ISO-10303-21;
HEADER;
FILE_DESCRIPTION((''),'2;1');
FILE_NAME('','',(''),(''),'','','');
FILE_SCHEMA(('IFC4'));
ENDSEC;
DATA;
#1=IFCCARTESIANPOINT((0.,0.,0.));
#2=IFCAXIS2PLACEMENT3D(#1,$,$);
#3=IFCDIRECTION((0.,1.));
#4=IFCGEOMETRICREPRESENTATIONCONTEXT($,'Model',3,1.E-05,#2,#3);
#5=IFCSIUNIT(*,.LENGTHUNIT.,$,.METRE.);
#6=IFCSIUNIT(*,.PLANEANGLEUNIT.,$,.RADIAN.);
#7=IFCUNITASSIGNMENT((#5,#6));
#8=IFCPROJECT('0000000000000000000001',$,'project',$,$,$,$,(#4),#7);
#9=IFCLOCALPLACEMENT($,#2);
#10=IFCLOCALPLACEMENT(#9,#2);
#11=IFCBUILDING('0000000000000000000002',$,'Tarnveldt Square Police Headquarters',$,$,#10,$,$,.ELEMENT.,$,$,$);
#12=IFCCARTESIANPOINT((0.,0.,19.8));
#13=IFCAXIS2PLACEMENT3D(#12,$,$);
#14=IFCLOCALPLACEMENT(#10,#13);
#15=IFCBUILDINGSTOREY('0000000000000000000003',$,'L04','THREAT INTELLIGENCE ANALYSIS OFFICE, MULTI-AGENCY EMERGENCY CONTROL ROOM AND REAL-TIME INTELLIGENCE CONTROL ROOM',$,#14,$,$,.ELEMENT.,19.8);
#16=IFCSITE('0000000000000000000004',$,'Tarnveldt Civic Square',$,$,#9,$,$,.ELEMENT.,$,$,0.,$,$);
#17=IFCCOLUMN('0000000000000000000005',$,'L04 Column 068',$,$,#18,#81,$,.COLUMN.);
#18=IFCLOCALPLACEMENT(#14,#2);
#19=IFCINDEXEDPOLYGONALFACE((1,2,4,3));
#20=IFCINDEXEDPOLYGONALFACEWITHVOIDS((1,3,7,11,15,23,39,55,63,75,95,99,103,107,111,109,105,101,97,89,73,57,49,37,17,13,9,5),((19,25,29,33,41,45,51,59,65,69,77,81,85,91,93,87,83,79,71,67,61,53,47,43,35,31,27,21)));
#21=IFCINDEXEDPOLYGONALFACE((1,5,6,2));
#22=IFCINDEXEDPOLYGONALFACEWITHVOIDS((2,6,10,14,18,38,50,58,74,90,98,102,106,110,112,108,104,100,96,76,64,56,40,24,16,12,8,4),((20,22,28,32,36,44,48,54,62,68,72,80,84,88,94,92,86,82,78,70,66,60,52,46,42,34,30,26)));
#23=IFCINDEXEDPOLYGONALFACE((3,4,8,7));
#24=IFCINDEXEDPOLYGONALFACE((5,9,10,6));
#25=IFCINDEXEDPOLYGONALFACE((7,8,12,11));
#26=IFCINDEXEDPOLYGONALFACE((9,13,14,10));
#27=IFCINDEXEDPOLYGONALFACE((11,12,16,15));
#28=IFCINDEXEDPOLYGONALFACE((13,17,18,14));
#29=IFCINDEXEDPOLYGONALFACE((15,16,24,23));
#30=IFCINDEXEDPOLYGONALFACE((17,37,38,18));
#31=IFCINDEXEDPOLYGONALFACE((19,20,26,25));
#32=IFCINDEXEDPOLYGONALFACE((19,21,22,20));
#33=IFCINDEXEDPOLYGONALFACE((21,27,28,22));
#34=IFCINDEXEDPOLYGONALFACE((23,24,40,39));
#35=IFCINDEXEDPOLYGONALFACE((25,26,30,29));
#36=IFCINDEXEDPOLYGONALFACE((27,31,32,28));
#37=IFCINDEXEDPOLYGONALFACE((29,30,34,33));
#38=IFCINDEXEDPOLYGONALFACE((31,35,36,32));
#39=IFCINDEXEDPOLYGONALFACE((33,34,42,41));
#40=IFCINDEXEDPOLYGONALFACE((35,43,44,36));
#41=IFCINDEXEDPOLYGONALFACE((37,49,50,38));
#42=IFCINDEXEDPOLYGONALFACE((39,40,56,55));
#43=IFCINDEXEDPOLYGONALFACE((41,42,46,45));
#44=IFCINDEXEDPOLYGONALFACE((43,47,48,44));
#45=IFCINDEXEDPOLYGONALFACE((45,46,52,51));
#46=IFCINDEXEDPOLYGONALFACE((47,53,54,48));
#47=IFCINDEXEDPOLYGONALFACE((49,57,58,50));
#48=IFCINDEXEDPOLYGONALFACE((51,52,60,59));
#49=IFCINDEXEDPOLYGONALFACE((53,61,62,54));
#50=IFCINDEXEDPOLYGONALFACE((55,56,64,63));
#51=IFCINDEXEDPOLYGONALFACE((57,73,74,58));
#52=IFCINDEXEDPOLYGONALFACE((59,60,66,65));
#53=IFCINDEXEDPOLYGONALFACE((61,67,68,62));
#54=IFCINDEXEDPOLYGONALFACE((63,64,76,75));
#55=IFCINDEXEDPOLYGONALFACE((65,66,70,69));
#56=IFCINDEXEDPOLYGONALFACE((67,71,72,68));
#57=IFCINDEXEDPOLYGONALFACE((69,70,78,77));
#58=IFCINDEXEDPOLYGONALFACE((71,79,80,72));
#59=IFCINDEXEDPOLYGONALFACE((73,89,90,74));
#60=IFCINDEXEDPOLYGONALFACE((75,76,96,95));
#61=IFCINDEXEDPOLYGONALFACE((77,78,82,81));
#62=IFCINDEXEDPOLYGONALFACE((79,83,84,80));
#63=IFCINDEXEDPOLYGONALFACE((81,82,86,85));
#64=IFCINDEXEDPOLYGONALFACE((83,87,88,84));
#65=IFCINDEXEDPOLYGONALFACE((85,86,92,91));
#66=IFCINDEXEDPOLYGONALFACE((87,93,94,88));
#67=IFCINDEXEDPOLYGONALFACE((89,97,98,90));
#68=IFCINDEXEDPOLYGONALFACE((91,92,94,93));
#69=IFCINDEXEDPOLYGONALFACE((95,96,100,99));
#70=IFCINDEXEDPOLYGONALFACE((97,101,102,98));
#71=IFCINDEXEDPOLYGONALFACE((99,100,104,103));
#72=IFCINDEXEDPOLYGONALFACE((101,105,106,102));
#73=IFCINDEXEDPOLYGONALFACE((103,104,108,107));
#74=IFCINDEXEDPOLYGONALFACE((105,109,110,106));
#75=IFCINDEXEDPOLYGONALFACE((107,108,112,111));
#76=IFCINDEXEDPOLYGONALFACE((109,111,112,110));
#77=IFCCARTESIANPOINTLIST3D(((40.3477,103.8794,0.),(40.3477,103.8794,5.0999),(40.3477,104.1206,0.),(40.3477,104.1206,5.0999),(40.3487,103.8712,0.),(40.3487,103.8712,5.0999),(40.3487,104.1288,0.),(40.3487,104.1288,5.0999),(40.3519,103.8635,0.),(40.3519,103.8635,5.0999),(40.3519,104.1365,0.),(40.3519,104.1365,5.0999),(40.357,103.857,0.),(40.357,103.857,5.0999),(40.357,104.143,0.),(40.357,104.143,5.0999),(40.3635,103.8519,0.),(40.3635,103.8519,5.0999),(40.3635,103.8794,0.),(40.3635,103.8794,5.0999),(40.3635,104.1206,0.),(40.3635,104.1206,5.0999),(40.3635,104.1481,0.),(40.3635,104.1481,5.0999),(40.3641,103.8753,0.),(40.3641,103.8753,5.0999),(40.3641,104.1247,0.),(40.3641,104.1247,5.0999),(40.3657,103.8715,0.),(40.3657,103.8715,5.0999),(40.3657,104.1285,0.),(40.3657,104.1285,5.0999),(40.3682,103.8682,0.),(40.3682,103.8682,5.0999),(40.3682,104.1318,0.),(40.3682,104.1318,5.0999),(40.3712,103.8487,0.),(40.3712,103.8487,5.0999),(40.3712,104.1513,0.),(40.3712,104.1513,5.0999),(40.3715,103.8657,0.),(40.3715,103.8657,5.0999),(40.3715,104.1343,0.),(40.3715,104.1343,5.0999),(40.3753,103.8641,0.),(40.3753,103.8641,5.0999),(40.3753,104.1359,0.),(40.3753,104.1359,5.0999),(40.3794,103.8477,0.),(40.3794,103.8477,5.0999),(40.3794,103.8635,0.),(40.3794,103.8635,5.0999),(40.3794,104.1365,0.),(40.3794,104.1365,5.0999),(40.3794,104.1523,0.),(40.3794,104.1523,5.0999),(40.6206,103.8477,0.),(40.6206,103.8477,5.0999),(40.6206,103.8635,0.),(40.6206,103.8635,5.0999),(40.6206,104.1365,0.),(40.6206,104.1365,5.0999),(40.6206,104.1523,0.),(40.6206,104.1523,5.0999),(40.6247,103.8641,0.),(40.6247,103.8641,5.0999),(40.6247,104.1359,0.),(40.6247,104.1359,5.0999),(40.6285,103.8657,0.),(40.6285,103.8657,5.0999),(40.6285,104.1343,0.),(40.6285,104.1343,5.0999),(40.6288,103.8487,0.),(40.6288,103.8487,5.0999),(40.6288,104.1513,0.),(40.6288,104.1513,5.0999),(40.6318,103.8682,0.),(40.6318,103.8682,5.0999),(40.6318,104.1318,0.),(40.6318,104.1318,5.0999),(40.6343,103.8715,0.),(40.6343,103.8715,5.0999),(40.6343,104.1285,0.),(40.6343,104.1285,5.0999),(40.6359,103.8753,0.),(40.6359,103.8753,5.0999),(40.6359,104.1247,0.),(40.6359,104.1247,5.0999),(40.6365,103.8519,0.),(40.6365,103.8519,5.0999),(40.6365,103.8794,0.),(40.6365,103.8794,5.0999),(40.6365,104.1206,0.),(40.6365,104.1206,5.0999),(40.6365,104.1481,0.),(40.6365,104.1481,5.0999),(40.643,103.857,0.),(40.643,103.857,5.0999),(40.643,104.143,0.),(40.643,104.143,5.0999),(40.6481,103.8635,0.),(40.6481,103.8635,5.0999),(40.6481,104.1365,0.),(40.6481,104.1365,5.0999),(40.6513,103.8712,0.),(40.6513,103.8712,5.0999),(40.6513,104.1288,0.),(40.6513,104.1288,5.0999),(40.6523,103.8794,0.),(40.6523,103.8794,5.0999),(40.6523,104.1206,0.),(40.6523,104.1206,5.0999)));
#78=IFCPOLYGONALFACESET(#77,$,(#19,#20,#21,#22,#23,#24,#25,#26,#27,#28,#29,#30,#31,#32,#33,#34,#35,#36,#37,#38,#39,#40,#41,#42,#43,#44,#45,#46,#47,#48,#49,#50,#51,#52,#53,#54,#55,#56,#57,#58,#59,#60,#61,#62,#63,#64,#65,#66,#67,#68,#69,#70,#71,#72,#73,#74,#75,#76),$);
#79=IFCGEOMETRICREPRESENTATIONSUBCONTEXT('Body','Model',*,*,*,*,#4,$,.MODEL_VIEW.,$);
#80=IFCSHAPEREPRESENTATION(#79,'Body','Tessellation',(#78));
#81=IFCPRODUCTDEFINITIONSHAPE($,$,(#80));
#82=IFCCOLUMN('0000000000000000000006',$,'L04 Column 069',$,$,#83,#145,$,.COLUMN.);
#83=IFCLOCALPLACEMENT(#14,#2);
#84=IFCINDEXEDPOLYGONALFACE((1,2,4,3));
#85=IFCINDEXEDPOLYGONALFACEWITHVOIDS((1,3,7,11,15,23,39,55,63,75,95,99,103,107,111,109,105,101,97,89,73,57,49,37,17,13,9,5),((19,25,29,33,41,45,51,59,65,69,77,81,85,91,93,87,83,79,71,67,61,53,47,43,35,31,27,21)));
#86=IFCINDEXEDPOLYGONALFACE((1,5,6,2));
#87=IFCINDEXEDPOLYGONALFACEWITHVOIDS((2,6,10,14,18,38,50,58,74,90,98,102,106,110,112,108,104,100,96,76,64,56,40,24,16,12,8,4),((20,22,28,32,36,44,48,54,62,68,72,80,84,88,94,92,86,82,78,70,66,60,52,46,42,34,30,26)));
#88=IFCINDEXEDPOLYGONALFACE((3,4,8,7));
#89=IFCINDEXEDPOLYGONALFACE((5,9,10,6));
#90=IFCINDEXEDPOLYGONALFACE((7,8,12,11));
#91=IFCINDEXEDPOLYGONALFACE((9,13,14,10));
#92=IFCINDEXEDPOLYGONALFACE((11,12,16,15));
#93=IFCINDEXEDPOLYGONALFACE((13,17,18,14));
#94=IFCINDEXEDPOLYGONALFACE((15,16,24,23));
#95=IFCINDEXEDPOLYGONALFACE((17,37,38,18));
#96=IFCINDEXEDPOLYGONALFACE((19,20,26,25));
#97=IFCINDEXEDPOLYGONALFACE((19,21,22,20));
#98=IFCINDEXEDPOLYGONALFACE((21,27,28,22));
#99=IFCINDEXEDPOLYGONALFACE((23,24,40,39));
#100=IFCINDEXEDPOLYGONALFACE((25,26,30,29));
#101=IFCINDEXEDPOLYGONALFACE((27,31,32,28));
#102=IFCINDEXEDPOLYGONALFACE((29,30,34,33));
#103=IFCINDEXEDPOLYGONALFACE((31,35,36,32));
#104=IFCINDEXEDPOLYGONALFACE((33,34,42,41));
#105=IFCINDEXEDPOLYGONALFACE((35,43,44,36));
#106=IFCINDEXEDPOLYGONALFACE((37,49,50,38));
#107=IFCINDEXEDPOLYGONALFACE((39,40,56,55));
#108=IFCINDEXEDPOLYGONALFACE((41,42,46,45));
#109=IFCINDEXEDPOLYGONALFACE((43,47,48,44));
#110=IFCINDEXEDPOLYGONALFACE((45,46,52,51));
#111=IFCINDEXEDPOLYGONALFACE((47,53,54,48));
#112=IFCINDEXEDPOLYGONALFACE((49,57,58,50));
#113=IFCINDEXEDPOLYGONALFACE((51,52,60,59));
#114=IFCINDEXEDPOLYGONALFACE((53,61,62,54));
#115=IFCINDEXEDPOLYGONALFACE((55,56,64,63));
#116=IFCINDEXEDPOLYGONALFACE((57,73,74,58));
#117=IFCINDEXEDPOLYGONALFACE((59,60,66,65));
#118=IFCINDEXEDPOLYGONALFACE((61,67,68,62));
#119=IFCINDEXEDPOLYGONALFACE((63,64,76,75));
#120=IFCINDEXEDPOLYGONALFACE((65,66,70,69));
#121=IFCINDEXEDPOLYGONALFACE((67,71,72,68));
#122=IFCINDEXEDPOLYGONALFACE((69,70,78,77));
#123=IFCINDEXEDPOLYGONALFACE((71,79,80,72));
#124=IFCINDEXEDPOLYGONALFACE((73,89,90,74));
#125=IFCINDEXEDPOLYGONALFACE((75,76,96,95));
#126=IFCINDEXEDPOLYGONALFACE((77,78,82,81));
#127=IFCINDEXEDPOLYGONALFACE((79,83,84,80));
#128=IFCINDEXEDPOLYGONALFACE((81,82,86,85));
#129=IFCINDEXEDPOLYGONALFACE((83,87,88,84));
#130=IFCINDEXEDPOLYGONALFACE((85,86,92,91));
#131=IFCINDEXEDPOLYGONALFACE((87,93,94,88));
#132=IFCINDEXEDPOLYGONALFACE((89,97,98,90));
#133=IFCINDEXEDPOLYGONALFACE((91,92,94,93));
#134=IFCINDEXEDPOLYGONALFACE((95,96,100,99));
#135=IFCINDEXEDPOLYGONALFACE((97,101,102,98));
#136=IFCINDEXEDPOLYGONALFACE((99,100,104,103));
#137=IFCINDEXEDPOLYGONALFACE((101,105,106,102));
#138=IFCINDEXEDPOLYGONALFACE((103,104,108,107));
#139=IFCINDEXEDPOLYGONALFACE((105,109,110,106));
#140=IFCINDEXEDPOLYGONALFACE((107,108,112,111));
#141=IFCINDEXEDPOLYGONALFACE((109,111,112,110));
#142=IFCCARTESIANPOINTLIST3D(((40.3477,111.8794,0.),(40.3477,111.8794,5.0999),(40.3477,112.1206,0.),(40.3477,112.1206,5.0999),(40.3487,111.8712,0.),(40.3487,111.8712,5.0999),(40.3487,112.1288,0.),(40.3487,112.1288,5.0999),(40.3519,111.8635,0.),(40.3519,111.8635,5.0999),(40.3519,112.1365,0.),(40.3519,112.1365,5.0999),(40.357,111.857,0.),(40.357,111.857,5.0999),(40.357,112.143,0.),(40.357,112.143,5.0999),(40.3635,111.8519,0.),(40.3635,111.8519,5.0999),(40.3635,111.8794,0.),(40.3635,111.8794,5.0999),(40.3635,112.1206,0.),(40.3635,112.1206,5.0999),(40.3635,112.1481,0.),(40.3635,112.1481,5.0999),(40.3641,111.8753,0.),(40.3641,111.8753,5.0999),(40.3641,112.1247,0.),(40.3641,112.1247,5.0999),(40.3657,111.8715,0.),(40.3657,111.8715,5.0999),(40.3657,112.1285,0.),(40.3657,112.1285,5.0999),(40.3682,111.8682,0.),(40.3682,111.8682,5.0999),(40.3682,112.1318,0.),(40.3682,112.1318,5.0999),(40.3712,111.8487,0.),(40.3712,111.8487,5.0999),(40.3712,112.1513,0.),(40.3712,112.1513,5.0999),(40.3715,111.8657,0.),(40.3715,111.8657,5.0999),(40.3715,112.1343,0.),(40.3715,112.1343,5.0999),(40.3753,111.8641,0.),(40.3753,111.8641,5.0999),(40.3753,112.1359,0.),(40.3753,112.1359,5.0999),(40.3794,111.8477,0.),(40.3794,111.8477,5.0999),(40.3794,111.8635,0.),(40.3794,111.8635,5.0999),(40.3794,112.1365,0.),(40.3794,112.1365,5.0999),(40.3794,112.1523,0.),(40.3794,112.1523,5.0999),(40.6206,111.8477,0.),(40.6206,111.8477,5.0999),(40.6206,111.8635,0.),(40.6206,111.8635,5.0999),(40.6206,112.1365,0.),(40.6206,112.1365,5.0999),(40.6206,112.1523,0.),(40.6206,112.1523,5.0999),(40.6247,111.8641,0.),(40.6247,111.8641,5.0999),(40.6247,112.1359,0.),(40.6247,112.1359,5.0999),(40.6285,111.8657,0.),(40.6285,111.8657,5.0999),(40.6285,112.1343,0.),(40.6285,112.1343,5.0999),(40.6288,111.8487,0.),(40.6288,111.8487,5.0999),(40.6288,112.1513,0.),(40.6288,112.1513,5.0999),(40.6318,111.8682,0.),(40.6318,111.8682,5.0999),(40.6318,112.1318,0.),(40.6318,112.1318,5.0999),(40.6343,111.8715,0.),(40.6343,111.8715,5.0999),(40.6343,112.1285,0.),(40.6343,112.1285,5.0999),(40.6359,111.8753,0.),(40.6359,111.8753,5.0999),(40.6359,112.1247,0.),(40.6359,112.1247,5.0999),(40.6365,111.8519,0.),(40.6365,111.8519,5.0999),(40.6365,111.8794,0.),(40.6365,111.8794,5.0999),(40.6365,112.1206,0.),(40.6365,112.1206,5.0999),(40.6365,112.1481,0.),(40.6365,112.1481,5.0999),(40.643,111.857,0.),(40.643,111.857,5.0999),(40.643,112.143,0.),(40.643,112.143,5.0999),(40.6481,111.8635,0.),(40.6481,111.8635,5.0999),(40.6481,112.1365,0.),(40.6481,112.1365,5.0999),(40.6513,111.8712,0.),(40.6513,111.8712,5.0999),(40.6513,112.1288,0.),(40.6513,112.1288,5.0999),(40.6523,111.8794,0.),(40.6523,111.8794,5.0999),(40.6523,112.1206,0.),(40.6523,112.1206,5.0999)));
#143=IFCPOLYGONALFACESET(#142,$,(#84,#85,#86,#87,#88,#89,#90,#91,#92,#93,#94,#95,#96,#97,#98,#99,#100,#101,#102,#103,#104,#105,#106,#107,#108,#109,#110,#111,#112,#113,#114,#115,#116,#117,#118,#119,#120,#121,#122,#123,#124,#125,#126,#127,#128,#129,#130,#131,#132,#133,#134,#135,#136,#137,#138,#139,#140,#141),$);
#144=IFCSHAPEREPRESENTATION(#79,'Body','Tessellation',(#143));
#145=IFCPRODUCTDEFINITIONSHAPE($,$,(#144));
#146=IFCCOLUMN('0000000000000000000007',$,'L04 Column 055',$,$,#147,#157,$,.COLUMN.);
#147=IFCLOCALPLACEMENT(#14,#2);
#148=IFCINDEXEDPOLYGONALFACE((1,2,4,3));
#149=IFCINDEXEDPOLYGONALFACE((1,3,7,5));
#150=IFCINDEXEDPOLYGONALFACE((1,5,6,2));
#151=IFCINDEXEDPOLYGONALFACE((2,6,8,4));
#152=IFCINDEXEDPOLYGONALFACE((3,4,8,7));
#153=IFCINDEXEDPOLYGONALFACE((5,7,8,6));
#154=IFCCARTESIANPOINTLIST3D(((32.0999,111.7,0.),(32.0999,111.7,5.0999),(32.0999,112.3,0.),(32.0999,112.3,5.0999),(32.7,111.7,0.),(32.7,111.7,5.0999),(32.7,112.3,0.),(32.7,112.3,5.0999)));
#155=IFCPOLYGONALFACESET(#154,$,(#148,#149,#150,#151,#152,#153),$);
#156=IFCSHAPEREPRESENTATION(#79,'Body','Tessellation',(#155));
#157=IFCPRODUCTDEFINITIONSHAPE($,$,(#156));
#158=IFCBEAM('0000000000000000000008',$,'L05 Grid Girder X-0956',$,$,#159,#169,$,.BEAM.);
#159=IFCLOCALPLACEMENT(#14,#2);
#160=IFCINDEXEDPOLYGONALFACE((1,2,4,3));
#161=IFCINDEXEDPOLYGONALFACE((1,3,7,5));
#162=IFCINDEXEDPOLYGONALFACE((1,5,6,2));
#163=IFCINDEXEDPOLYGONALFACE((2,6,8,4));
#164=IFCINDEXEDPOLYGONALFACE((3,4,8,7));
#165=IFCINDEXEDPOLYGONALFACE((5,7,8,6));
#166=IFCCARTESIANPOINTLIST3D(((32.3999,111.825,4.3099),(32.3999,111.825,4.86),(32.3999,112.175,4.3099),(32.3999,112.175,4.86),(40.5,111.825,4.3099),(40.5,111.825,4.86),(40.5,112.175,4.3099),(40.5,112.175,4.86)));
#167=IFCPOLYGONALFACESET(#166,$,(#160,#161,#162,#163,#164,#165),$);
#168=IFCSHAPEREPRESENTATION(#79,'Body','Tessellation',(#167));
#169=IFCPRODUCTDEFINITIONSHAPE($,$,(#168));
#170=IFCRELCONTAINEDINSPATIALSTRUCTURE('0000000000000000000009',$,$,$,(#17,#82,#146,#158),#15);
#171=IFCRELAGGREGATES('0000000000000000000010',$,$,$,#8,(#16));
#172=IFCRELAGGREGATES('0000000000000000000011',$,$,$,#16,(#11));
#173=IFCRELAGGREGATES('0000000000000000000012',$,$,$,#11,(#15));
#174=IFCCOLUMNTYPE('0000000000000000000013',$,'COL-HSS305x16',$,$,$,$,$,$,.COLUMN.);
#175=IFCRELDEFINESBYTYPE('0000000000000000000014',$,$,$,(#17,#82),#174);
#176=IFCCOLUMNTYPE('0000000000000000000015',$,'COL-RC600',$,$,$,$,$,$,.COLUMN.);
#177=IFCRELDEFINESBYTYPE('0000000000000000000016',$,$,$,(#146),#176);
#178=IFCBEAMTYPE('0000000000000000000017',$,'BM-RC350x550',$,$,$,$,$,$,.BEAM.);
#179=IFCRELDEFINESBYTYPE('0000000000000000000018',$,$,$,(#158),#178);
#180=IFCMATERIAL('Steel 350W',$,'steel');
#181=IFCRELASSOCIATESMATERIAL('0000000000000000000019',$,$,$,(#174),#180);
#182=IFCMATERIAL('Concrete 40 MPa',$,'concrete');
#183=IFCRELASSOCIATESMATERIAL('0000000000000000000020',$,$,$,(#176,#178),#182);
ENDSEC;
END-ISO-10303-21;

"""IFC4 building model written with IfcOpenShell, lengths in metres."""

from ifc_helpers import new_model, si_unit, direction, frame, origin, origin_2d, place, context, subcontext, project, spatial, rectangle, hollow_rectangle, extrude, material, material_profile, profile_set, type_object, element, save


model = new_model("IFC4")

# Units and contexts
model_context = context("Model", 3, precision=1e-05, world=origin(), true_north=direction((0.0, 1.0)))
body_context = subcontext(model_context, "Body", "Model", "MODEL_VIEW")
ifc_project = project(units=[si_unit("LENGTHUNIT", "METRE"), si_unit("PLANEANGLEUNIT", "RADIAN")], contexts=[model_context])

# Site, building, storey
site_placement = place(None, origin())
site = spatial("IfcSite", under=ifc_project, at=site_placement, Name="Tarnveldt Civic Square", CompositionType="ELEMENT", RefElevation=0.0)
building_placement = place(site_placement, origin())
building = spatial("IfcBuilding", under=site, at=building_placement, Name="Tarnveldt Square Police Headquarters", CompositionType="ELEMENT")
storey_placement = place(building_placement, frame((0.0, 0.0, 19.8)))
storey = spatial("IfcBuildingStorey", under=building, at=storey_placement, Name="L04", Description="THREAT INTELLIGENCE ANALYSIS OFFICE, MULTI-AGENCY EMERGENCY CONTROL ROOM AND REAL-TIME INTELLIGENCE CONTROL ROOM", CompositionType="ELEMENT", Elevation=19.8)

# Columns
ifc_material_1 = material(Name="Steel 350W", Category="steel")
ifc_material_profile_1 = material_profile(ifc_material_1, hollow_rectangle(XDim=0.3047, YDim=0.3047, WallThickness=0.0159, InnerFilletRadius=0.0159, OuterFilletRadius=0.0317, at=origin_2d()), Name="HSS305x305x16")
ifc_profile_set_1 = profile_set([ifc_material_profile_1], Name="Steel 350W")
column_type_1 = type_object("IfcColumnType", Name="COL-HSS305x16", PredefinedType="COLUMN", material=ifc_profile_set_1)
for number, where, z_axis, x_axis, name in (
    (1, (40.5, 104.0, 0.0), (0.0, 0.0, 1.0), (1.0, 0.0, 0.0), "L04 Column 068"),
    (2, (40.5, 112.0, 0.0), (0.0, 0.0, 1.0), (1.0, 0.0, 0.0), "L04 Column 069"),
):
    element("IfcColumn", number, at=place(storey_placement, frame(where, z_axis=z_axis, x_axis=x_axis)), inside=storey, type_object=column_type_1, Name=name, PredefinedType="COLUMN", context=body_context, shape_type="SweptSolid", body=[
        extrude(hollow_rectangle(XDim=0.3047, YDim=0.3047, WallThickness=0.0159, InnerFilletRadius=0.0159, OuterFilletRadius=0.0317, at=origin_2d()), origin(), (0.0, 0.0, 1.0), 5.0999),
    ])
ifc_material_2 = material(Name="Concrete 40 MPa", Category="concrete")
ifc_material_profile_2 = material_profile(ifc_material_2, rectangle(XDim=0.6001, YDim=0.6001, at=origin_2d()), Name="RC-C600x600")
ifc_profile_set_2 = profile_set([ifc_material_profile_2], Name="Concrete 40 MPa")
column_type_2 = type_object("IfcColumnType", Name="COL-RC600", PredefinedType="COLUMN", material=ifc_profile_set_2)
column_placement = place(storey_placement, frame((32.3999, 112.0, 0.0), z_axis=(0.0, 0.0, 1.0), x_axis=(1.0, 0.0, 0.0)))
element("IfcColumn", 3, at=column_placement, inside=storey, type_object=column_type_2, Name="L04 Column 055", PredefinedType="COLUMN", context=body_context, shape_type="SweptSolid", body=[
    extrude(rectangle(XDim=0.6001, YDim=0.6001, at=origin_2d()), origin(), (0.0, 0.0, 1.0), 5.0999),
])

# Beam
ifc_material_profile_3 = material_profile(ifc_material_2, rectangle(XDim=0.3501, YDim=0.55, at=origin_2d()), Name="RC-B350x550")
ifc_profile_set_3 = profile_set([ifc_material_profile_3], Name="Concrete 40 MPa")
beam_type_1 = type_object("IfcBeamType", Name="BM-RC350x550", PredefinedType="BEAM", material=ifc_profile_set_3)
beam_1_placement = place(storey_placement, frame((32.3999, 112.0, 4.585), z_axis=(1.0, 0.0, 0.0), x_axis=(0.0, 1.0, 0.0)))
element("IfcBeam", 4, at=beam_1_placement, inside=storey, type_object=beam_type_1, Name="L05 Grid Girder X-0956", PredefinedType="BEAM", context=body_context, shape_type="SweptSolid", body=[
    extrude(rectangle(XDim=0.3501, YDim=0.55, at=origin_2d()), origin(), (0.0, 0.0, 1.0), 8.1001),
])

save(model, "model.ifc")
